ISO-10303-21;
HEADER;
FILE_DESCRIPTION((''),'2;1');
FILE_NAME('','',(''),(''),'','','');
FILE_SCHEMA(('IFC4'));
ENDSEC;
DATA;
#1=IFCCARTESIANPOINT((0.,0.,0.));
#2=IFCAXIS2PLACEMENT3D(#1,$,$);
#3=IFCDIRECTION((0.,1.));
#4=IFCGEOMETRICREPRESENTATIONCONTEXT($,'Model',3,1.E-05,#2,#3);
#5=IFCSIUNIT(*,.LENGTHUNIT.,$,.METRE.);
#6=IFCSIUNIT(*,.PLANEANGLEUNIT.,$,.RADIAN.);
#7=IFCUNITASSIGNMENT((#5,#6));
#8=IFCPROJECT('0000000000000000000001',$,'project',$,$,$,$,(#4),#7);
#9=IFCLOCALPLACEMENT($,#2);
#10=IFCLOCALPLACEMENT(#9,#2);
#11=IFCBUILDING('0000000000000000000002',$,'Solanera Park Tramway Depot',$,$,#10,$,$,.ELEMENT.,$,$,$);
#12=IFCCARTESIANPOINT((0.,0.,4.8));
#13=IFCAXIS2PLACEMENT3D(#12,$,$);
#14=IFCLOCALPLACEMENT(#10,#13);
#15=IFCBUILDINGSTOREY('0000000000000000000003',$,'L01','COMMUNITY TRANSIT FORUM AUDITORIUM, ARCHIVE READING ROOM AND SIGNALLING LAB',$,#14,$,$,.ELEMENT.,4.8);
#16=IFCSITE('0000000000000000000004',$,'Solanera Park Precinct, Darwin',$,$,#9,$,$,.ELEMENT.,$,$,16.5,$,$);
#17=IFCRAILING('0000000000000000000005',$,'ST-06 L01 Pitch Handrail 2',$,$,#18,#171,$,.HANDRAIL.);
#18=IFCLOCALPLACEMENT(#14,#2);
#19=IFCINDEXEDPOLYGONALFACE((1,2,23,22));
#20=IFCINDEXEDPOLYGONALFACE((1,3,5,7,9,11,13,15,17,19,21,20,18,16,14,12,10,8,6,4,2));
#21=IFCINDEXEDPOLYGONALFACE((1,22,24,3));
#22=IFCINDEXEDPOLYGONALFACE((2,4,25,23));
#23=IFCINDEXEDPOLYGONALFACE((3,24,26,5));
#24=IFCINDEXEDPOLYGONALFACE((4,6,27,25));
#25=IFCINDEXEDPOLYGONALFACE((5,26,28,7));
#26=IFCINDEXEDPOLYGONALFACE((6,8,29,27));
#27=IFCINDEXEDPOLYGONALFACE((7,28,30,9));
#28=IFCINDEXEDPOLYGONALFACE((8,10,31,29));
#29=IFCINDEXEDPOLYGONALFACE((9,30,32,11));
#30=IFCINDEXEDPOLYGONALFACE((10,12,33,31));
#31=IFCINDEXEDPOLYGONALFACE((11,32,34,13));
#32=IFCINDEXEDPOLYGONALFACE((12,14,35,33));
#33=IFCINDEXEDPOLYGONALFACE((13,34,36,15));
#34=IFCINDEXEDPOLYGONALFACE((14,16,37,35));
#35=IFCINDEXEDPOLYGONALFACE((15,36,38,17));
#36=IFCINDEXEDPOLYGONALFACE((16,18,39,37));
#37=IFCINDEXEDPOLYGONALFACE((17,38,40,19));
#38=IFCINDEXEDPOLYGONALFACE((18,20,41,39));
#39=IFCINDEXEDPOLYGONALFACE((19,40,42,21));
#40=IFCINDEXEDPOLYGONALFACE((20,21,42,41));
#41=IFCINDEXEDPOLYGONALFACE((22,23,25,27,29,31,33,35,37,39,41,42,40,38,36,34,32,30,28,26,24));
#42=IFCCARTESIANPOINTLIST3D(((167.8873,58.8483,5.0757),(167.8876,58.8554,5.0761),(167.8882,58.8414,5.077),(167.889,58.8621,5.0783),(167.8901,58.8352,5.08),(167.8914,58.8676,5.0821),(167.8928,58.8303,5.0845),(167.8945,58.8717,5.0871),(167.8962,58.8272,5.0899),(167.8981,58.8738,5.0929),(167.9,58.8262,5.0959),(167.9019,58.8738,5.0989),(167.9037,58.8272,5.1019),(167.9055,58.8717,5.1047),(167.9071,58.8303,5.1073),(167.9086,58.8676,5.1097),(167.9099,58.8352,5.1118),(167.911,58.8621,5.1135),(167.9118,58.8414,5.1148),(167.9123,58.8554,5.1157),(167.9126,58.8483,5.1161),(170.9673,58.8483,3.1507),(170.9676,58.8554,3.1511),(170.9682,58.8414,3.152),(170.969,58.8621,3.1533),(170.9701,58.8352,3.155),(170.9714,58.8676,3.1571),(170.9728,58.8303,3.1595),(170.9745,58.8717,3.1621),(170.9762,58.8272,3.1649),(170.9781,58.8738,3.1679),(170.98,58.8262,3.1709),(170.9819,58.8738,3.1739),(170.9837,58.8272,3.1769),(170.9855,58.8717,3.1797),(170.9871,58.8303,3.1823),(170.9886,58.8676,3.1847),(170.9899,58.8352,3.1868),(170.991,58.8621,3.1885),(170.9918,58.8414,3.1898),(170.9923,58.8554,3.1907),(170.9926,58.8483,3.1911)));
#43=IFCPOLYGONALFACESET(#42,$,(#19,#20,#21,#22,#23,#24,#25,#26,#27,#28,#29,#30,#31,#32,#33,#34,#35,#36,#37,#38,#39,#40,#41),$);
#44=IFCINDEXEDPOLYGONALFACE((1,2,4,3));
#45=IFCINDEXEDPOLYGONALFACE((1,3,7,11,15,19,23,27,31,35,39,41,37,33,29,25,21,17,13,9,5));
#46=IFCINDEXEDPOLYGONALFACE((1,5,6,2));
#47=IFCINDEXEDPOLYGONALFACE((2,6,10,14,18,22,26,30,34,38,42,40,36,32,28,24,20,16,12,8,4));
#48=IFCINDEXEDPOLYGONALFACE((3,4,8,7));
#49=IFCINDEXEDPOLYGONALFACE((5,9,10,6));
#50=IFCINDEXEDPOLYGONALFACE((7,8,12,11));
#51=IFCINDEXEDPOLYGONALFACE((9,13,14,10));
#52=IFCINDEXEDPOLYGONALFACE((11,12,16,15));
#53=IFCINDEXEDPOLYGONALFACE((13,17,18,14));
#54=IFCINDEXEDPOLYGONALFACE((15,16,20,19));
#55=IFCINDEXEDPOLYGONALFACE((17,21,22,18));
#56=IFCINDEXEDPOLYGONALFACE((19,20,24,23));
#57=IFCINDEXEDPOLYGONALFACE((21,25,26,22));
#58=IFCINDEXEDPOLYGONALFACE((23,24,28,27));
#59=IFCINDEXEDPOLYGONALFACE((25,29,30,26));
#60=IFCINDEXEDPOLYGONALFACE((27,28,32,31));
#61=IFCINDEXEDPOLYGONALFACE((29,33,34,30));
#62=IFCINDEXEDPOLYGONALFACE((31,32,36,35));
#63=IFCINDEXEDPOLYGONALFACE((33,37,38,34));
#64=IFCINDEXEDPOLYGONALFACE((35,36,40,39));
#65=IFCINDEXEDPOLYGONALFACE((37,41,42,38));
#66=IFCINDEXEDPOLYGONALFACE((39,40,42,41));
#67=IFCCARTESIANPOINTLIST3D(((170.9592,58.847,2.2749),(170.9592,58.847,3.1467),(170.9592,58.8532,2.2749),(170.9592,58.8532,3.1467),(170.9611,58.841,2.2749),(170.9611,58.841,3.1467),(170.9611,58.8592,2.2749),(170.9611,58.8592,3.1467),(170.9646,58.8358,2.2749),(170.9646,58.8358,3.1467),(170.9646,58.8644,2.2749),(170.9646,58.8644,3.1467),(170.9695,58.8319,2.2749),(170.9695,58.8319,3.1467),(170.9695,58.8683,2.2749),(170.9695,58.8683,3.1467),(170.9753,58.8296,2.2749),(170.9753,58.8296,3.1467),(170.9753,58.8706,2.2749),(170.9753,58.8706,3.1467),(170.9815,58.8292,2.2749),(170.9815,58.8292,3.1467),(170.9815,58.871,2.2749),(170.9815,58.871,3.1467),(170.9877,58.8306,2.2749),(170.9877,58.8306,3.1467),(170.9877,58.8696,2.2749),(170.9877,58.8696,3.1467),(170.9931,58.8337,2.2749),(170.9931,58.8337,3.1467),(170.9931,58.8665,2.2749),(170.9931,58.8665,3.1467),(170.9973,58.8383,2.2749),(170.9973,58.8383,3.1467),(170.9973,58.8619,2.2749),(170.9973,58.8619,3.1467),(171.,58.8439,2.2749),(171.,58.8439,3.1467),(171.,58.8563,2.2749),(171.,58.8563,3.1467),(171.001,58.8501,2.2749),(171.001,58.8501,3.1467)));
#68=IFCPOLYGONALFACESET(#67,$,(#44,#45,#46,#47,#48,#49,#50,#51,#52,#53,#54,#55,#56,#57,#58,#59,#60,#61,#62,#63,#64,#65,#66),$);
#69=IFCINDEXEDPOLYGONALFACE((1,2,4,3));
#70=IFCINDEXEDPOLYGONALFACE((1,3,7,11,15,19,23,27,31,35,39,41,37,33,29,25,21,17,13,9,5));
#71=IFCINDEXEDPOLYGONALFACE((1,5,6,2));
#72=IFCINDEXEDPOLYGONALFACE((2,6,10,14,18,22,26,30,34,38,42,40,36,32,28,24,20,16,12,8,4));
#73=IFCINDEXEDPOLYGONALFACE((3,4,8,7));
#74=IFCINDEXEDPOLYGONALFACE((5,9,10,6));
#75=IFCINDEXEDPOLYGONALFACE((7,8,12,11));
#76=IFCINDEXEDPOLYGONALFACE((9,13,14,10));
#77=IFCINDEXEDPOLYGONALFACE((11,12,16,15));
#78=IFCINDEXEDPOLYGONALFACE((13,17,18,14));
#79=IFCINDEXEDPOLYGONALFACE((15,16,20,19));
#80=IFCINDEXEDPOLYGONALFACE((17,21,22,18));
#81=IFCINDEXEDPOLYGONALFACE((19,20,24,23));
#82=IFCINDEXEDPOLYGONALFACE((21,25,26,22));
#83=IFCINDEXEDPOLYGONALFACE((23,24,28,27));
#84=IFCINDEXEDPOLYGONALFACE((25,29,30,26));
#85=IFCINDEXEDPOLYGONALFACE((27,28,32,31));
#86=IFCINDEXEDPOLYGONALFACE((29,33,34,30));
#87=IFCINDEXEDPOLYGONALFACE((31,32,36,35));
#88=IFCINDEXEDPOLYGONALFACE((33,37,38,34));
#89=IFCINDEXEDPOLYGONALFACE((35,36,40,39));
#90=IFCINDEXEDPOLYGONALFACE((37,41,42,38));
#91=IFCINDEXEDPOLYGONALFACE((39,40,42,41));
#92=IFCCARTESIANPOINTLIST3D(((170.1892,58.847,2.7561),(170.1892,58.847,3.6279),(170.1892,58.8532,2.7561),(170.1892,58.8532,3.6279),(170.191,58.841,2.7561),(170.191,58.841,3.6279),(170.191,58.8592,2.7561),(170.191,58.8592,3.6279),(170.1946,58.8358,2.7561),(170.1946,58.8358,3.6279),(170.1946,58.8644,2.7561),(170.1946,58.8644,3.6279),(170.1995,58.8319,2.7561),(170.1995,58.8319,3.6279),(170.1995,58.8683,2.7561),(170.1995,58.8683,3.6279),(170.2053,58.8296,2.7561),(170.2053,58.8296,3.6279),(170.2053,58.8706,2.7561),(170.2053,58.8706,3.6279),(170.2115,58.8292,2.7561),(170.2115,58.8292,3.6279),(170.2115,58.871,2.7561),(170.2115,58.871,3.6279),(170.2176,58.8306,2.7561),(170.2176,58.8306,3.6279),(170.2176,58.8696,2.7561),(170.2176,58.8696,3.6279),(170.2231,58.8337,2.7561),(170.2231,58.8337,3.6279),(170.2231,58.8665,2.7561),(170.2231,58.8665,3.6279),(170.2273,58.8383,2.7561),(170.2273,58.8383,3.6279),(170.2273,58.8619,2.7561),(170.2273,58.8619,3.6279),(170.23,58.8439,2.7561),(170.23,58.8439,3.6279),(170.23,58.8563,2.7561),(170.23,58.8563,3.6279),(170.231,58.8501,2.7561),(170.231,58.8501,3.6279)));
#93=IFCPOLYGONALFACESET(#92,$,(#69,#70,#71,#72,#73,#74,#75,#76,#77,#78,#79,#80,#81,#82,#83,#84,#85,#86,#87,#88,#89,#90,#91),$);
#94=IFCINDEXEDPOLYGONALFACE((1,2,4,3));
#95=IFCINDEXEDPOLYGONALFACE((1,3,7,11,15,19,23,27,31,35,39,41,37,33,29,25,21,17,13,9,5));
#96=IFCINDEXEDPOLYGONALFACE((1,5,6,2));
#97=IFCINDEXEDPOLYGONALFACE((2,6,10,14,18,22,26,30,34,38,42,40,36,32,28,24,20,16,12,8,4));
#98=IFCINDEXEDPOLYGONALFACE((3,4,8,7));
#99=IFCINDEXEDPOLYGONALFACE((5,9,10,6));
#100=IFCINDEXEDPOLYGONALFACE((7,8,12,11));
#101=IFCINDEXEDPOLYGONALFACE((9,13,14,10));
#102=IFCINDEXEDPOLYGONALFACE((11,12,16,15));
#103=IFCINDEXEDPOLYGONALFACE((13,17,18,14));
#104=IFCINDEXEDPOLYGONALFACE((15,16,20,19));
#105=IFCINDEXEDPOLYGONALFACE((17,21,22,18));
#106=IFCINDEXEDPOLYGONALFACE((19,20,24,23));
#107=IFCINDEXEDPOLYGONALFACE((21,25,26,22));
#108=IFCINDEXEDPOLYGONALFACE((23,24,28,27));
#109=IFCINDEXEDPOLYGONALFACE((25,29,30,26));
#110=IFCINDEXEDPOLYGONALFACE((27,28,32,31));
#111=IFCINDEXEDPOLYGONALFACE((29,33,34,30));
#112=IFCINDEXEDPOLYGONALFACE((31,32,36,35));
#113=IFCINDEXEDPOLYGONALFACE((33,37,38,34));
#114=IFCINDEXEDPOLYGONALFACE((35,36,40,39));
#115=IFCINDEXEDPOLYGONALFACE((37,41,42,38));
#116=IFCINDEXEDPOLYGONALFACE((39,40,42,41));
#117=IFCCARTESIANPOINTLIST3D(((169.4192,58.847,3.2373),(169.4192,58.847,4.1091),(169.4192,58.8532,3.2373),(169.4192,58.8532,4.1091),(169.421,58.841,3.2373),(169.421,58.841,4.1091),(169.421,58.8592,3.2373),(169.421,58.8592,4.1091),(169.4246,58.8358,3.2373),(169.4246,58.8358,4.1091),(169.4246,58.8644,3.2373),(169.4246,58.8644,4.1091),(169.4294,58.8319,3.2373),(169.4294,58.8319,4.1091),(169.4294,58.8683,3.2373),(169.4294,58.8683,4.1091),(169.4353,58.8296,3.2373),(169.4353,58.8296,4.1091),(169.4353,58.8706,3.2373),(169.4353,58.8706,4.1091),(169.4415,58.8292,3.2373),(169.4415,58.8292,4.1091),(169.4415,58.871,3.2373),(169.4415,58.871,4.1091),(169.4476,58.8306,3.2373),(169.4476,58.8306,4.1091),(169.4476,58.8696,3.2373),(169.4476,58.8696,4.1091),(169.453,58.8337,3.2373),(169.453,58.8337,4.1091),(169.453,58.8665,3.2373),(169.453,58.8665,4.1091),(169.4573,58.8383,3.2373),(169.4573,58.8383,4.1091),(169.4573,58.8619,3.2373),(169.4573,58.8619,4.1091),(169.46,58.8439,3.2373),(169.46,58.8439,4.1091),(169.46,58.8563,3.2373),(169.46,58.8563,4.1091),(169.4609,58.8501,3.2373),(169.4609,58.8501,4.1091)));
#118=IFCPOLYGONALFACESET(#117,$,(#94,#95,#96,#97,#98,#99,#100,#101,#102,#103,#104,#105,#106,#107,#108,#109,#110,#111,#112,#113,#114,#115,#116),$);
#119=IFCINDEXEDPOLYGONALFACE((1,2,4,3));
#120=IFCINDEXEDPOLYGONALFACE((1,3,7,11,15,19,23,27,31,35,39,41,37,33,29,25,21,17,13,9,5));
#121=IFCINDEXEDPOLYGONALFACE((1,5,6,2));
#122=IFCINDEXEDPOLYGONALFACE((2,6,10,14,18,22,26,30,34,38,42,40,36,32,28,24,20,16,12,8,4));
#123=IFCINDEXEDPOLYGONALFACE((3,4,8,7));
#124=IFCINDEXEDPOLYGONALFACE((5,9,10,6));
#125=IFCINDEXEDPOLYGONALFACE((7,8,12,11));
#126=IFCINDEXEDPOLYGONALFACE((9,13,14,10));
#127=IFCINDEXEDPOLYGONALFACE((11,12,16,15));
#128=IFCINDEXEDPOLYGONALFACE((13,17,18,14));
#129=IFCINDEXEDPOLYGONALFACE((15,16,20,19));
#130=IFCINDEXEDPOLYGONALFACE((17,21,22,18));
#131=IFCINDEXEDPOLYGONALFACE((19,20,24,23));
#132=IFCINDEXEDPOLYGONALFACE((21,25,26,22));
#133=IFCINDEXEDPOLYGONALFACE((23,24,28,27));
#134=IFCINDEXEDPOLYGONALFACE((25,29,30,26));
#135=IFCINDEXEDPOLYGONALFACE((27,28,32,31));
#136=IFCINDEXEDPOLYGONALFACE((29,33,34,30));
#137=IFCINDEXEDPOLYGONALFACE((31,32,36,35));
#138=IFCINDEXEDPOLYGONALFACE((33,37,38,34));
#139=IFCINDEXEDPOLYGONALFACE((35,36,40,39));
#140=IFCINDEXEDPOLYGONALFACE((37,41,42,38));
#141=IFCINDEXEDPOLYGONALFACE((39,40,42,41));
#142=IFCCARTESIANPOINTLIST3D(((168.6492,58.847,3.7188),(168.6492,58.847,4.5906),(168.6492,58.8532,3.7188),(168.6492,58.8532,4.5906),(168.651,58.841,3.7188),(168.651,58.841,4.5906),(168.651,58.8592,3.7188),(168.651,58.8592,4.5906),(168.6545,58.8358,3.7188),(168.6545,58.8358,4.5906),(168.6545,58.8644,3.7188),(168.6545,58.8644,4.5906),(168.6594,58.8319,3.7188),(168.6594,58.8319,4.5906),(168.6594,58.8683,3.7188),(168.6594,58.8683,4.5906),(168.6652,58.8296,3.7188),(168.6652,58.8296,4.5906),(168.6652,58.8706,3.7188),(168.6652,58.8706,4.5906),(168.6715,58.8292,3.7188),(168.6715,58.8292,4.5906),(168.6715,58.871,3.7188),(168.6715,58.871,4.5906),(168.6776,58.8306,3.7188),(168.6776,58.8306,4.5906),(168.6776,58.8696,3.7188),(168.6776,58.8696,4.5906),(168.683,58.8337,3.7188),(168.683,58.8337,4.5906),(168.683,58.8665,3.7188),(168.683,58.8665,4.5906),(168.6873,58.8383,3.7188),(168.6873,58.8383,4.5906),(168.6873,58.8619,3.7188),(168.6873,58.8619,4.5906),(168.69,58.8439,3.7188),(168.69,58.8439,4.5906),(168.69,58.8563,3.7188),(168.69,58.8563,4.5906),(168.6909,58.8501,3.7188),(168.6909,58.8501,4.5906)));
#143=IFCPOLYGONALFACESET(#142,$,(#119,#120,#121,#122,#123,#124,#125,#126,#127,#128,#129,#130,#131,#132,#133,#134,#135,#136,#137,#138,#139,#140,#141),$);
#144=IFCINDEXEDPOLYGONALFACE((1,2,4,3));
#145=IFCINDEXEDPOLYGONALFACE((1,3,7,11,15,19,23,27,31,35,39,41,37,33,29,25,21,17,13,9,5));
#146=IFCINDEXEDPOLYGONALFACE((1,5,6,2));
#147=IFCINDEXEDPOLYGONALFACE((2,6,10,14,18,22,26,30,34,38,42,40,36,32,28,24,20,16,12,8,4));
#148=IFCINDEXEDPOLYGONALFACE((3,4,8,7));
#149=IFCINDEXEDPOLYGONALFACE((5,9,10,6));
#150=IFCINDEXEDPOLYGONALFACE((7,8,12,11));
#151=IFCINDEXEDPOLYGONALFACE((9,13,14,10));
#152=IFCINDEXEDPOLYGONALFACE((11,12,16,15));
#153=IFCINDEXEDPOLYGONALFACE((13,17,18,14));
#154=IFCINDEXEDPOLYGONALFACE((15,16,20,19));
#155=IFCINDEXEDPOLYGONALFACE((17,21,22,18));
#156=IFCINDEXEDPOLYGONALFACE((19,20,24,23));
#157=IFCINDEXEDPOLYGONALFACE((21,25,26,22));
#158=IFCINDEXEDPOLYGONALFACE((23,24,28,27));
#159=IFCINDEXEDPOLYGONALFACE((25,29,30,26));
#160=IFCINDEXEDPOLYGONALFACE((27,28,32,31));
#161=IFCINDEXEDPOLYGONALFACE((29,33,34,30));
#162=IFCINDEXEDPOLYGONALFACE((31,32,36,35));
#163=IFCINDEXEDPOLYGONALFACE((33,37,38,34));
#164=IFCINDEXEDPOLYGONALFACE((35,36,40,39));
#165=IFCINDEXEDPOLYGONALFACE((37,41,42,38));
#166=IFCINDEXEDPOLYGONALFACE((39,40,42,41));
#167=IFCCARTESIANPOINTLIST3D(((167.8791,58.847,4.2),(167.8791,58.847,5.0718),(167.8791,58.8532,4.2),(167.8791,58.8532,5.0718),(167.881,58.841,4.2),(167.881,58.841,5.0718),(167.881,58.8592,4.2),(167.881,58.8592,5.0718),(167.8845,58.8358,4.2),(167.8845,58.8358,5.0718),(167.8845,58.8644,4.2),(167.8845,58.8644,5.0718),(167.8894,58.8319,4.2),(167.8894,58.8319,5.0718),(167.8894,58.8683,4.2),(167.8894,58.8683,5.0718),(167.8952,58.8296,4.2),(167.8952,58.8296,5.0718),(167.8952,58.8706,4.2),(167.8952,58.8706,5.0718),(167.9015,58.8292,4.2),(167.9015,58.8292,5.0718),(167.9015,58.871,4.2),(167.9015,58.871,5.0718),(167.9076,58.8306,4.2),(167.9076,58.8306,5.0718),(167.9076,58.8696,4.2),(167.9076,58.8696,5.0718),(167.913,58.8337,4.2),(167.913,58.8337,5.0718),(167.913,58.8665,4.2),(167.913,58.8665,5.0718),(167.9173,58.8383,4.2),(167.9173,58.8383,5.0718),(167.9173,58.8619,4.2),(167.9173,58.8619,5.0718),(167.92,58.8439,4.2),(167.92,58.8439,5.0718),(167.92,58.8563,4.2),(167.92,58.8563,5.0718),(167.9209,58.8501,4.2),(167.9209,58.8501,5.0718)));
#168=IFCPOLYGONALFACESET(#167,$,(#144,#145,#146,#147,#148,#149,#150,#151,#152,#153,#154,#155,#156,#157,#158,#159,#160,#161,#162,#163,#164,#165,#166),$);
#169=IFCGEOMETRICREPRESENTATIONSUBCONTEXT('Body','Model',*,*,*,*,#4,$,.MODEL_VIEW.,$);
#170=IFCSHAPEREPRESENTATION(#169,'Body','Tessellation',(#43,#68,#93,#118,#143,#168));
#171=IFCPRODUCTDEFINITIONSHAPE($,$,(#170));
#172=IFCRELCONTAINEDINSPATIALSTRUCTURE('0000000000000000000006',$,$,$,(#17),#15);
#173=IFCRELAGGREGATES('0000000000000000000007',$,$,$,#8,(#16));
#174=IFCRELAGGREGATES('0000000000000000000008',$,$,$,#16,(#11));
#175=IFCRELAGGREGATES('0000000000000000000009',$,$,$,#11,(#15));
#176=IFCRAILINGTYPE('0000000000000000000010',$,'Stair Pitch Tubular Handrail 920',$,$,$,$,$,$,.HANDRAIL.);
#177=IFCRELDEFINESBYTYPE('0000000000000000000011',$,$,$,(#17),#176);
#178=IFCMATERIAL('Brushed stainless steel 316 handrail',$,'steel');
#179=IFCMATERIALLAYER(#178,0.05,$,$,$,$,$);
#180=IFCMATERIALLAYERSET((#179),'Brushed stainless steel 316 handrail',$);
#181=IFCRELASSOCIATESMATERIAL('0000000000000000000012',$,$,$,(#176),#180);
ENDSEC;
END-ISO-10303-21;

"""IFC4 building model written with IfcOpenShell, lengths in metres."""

from ifc_helpers import new_model, si_unit, direction, frame, origin, origin_2d, place, context, subcontext, project, spatial, circle, extrude, material, layer, layer_set, type_object, element, save


model = new_model("IFC4")

# Units and contexts
model_context = context("Model", 3, precision=1e-05, world=origin(), true_north=direction((0.0, 1.0)))
body_context = subcontext(model_context, "Body", "Model", "MODEL_VIEW")
ifc_project = project(units=[si_unit("LENGTHUNIT", "METRE"), si_unit("PLANEANGLEUNIT", "RADIAN")], contexts=[model_context])

# Site, building, storey
site_placement = place(None, origin())
site = spatial("IfcSite", under=ifc_project, at=site_placement, Name="Solanera Park Precinct, Darwin", CompositionType="ELEMENT", RefElevation=16.5)
building_placement = place(site_placement, origin())
building = spatial("IfcBuilding", under=site, at=building_placement, Name="Solanera Park Tramway Depot", CompositionType="ELEMENT")
storey_placement = place(building_placement, frame((0.0, 0.0, 4.8)))
storey = spatial("IfcBuildingStorey", under=building, at=storey_placement, Name="L01", Description="COMMUNITY TRANSIT FORUM AUDITORIUM, ARCHIVE READING ROOM AND SIGNALLING LAB", CompositionType="ELEMENT", Elevation=4.8)

# Railing
ifc_material_1 = material(Name="Brushed stainless steel 316 handrail", Category="steel")
ifc_layer_1 = layer(ifc_material_1, 0.05)
ifc_layer_set_1 = layer_set([ifc_layer_1], Name="Brushed stainless steel 316 handrail")
railing_type_1 = type_object("IfcRailingType", Name="Stair Pitch Tubular Handrail 920", PredefinedType="HANDRAIL", material=ifc_layer_set_1)
railing_1_placement = place(storey_placement, frame((170.98, 58.8501, 2.2749)))
element("IfcRailing", 1, at=railing_1_placement, inside=storey, type_object=railing_type_1, Name="ST-06 L01 Pitch Handrail 2", PredefinedType="HANDRAIL", context=body_context, shape_type="SweptSolid", body=[
    extrude(circle(Radius=0.0239, at=origin_2d()), frame((0.0, 0.0, 0.896), z_axis=(-0.847998, 0.0, 0.529999), x_axis=(0.0, -1.0, 0.0)), (0.0, 0.0, 1.0), 3.6321),
    extrude(circle(Radius=0.021, at=origin_2d()), origin(), (0.0, 0.0, 1.0), 0.8718),
    extrude(circle(Radius=0.021, at=origin_2d()), frame((-0.77, 0.0, 0.4812)), (0.0, 0.0, 1.0), 0.8718),
    extrude(circle(Radius=0.021, at=origin_2d()), frame((-1.54, 0.0, 0.9624)), (0.0, 0.0, 1.0), 0.8718),
    extrude(circle(Radius=0.021, at=origin_2d()), frame((-2.3101, 0.0, 1.4438)), (0.0, 0.0, 1.0), 0.8718),
    extrude(circle(Radius=0.021, at=origin_2d()), frame((-3.0801, 0.0, 1.925)), (0.0, 0.0, 1.0), 0.8718),
])

save(model, "model.ifc")
